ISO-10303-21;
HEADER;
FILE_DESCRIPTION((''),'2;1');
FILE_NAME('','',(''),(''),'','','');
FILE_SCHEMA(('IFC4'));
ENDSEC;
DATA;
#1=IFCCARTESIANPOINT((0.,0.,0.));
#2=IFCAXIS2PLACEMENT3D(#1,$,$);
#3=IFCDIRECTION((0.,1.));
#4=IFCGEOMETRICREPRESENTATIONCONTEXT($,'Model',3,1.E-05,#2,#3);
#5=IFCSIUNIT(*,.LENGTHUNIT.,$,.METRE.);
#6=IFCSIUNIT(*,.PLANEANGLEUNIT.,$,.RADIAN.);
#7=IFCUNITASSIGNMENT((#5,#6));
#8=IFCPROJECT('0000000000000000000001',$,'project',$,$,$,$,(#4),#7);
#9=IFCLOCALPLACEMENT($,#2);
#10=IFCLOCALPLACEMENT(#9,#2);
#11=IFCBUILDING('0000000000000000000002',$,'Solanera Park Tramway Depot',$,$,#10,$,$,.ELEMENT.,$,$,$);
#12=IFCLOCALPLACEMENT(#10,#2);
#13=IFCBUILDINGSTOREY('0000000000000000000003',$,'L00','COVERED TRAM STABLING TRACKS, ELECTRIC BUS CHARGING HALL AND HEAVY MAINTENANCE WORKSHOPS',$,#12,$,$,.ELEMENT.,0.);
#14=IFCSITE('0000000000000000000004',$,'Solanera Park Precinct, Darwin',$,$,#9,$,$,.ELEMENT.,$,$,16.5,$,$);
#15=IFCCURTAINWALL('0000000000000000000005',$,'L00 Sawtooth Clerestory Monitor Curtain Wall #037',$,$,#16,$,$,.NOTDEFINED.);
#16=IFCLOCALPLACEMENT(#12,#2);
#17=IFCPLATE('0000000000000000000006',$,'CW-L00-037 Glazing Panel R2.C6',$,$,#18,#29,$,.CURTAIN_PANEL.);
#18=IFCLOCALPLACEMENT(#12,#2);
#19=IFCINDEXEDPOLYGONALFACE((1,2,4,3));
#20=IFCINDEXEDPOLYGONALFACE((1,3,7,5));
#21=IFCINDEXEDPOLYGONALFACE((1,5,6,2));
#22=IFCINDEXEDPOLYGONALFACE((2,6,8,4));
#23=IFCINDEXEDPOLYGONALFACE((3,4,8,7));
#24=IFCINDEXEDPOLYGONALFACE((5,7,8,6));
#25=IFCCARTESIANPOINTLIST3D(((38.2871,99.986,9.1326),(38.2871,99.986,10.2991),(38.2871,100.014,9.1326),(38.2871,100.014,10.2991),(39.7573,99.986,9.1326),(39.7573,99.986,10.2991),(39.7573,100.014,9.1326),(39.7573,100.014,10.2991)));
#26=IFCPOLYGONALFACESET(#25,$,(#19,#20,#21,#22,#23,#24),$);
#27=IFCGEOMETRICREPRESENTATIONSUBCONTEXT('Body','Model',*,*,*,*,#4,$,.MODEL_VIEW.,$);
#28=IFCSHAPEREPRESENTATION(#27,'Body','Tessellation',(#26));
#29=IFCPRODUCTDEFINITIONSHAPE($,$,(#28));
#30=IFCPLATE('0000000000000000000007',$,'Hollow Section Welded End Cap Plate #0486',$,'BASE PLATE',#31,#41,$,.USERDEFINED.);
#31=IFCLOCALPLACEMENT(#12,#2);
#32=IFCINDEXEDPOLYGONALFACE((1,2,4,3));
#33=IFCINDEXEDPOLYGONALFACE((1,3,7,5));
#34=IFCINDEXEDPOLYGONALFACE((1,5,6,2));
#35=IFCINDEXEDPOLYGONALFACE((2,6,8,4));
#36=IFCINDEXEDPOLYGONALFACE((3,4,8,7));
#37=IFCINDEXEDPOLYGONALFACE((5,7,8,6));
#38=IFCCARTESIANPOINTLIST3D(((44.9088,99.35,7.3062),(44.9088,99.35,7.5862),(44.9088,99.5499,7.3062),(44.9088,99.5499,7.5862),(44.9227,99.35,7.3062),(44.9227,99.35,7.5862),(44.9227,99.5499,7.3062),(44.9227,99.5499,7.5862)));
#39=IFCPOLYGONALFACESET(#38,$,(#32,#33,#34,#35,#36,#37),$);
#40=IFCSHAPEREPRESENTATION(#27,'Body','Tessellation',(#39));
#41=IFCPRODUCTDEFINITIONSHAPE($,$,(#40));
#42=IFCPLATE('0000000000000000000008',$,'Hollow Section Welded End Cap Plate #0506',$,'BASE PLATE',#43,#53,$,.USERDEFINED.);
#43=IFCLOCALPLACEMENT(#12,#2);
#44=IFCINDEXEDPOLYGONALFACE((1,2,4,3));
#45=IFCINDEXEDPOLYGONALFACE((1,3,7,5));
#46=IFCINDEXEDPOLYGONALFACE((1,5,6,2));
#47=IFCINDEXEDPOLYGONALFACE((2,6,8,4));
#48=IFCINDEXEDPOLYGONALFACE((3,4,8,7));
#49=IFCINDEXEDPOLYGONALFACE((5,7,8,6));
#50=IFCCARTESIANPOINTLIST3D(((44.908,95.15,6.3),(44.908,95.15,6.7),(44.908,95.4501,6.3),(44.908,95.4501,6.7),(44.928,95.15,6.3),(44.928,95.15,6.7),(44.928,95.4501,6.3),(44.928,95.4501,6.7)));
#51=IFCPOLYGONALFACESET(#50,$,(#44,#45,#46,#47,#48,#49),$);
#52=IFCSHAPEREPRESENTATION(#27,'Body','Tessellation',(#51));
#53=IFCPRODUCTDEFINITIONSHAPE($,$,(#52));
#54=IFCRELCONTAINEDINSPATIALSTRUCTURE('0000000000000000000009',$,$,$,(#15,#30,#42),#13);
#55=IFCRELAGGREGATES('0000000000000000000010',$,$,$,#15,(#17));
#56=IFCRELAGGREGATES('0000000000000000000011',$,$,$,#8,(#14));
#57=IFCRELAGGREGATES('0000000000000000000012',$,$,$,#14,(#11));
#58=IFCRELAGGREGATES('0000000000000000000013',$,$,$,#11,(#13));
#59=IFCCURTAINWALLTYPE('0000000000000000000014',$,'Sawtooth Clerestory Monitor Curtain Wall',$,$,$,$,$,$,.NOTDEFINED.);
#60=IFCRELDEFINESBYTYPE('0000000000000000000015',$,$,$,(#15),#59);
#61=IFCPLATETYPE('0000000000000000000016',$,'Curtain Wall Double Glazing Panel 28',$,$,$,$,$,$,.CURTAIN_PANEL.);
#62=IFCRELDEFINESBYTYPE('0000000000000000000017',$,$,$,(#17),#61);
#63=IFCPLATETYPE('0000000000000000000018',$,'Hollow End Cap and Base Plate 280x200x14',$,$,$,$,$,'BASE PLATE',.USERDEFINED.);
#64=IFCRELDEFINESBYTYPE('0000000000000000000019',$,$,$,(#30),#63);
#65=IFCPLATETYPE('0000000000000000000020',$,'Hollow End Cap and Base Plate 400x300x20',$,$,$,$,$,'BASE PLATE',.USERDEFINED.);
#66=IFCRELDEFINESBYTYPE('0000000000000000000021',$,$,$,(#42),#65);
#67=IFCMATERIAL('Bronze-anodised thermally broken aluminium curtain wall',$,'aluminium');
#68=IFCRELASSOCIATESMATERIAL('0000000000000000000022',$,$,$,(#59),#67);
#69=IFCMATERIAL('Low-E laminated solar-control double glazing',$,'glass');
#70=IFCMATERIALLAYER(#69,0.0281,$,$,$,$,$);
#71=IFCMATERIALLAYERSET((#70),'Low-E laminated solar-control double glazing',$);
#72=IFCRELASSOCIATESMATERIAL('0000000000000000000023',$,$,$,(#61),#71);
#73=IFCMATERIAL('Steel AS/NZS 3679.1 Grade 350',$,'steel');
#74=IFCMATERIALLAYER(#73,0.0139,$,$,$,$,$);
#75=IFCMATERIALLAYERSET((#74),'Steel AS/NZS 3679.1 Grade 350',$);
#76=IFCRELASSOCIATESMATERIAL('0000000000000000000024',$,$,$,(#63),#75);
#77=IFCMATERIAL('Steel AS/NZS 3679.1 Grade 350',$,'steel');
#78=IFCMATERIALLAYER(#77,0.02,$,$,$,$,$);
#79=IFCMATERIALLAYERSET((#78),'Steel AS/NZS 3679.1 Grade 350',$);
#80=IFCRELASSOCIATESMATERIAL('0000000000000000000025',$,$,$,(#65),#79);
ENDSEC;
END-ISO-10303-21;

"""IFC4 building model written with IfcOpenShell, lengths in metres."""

from ifc_helpers import new_model, si_unit, direction, frame, origin, origin_2d, place, context, subcontext, project, spatial, rectangle, extrude, material, layer, layer_set, type_object, element, aggregate, save


model = new_model("IFC4")

# Units and contexts
model_context = context("Model", 3, precision=1e-05, world=origin(), true_north=direction((0.0, 1.0)))
body_context = subcontext(model_context, "Body", "Model", "MODEL_VIEW")
ifc_project = project(units=[si_unit("LENGTHUNIT", "METRE"), si_unit("PLANEANGLEUNIT", "RADIAN")], contexts=[model_context])

# Site, building, storey
site_placement = place(None, origin())
site = spatial("IfcSite", under=ifc_project, at=site_placement, Name="Solanera Park Precinct, Darwin", CompositionType="ELEMENT", RefElevation=16.5)
building_placement = place(site_placement, origin())
building = spatial("IfcBuilding", under=site, at=building_placement, Name="Solanera Park Tramway Depot", CompositionType="ELEMENT")
storey_placement = place(building_placement, origin())
storey = spatial("IfcBuildingStorey", under=building, at=storey_placement, Name="L00", Description="COVERED TRAM STABLING TRACKS, ELECTRIC BUS CHARGING HALL AND HEAVY MAINTENANCE WORKSHOPS", CompositionType="ELEMENT", Elevation=0.0)

# Shared definitions
ifc_material_1 = material(Name="Bronze-anodised thermally broken aluminium curtain wall", Category="aluminium")
curtain_wall_type = type_object("IfcCurtainWallType", Name="Sawtooth Clerestory Monitor Curtain Wall", PredefinedType="NOTDEFINED", material=ifc_material_1)

# Curtain wall
curtain_wall_1_placement = place(storey_placement, origin())
curtain_wall_1 = element("IfcCurtainWall", 1, at=curtain_wall_1_placement, inside=storey, type_object=curtain_wall_type, Name="L00 Sawtooth Clerestory Monitor Curtain Wall #037", PredefinedType="NOTDEFINED")

# Plate
ifc_material_2 = material(Name="Low-E laminated solar-control double glazing", Category="glass")
ifc_layer_1 = layer(ifc_material_2, 0.0281)
ifc_layer_set_1 = layer_set([ifc_layer_1], Name="Low-E laminated solar-control double glazing")
plate_type_1 = type_object("IfcPlateType", Name="Curtain Wall Double Glazing Panel 28", PredefinedType="CURTAIN_PANEL", material=ifc_layer_set_1)
plate_1_placement = place(storey_placement, frame((39.0222, 100.0, 9.1326), z_axis=(0.0, 0.0, 1.0), x_axis=(1.0, 0.0, 0.0)))
plate_1 = element("IfcPlate", 2, at=plate_1_placement, type_object=plate_type_1, Name="CW-L00-037 Glazing Panel R2.C6", PredefinedType="CURTAIN_PANEL", context=body_context, shape_type="SweptSolid", body=[
    extrude(rectangle(XDim=1.4702, YDim=0.0281, at=origin_2d()), origin(), (0.0, 0.0, 1.0), 1.1665),
])
aggregate(curtain_wall_1, [plate_1])

# Plates
ifc_material_3 = material(Name="Steel AS/NZS 3679.1 Grade 350", Category="steel")
ifc_layer_2 = layer(ifc_material_3, 0.0139)
ifc_layer_set_2 = layer_set([ifc_layer_2], Name="Steel AS/NZS 3679.1 Grade 350")
plate_type_2 = type_object("IfcPlateType", Name="Hollow End Cap and Base Plate 280x200x14", ElementType="BASE PLATE", PredefinedType="USERDEFINED", material=ifc_layer_set_2)
plate_2_placement = place(storey_placement, frame((44.9158, 99.45, 7.3062), z_axis=(0.0, 0.0, 1.0), x_axis=(1.0, 0.0, 0.0)))
element("IfcPlate", 3, at=plate_2_placement, inside=storey, type_object=plate_type_2, Name="Hollow Section Welded End Cap Plate #0486", ObjectType="BASE PLATE", PredefinedType="USERDEFINED", context=body_context, shape_type="SweptSolid", body=[
    extrude(rectangle(XDim=0.0139, YDim=0.2, at=origin_2d()), origin(), (0.0, 0.0, 1.0), 0.28),
])
ifc_material_4 = material(Name="Steel AS/NZS 3679.1 Grade 350", Category="steel")
ifc_layer_3 = layer(ifc_material_4, 0.02)
ifc_layer_set_3 = layer_set([ifc_layer_3], Name="Steel AS/NZS 3679.1 Grade 350")
plate_type_3 = type_object("IfcPlateType", Name="Hollow End Cap and Base Plate 400x300x20", ElementType="BASE PLATE", PredefinedType="USERDEFINED", material=ifc_layer_set_3)
plate_3_placement = place(storey_placement, frame((44.918, 95.3, 6.3), z_axis=(0.0, 0.0, 1.0), x_axis=(1.0, 0.0, 0.0)))
element("IfcPlate", 4, at=plate_3_placement, inside=storey, type_object=plate_type_3, Name="Hollow Section Welded End Cap Plate #0506", ObjectType="BASE PLATE", PredefinedType="USERDEFINED", context=body_context, shape_type="SweptSolid", body=[
    extrude(rectangle(XDim=0.02, YDim=0.3, at=origin_2d()), origin(), (0.0, 0.0, 1.0), 0.3999),
])

save(model, "model.ifc")
